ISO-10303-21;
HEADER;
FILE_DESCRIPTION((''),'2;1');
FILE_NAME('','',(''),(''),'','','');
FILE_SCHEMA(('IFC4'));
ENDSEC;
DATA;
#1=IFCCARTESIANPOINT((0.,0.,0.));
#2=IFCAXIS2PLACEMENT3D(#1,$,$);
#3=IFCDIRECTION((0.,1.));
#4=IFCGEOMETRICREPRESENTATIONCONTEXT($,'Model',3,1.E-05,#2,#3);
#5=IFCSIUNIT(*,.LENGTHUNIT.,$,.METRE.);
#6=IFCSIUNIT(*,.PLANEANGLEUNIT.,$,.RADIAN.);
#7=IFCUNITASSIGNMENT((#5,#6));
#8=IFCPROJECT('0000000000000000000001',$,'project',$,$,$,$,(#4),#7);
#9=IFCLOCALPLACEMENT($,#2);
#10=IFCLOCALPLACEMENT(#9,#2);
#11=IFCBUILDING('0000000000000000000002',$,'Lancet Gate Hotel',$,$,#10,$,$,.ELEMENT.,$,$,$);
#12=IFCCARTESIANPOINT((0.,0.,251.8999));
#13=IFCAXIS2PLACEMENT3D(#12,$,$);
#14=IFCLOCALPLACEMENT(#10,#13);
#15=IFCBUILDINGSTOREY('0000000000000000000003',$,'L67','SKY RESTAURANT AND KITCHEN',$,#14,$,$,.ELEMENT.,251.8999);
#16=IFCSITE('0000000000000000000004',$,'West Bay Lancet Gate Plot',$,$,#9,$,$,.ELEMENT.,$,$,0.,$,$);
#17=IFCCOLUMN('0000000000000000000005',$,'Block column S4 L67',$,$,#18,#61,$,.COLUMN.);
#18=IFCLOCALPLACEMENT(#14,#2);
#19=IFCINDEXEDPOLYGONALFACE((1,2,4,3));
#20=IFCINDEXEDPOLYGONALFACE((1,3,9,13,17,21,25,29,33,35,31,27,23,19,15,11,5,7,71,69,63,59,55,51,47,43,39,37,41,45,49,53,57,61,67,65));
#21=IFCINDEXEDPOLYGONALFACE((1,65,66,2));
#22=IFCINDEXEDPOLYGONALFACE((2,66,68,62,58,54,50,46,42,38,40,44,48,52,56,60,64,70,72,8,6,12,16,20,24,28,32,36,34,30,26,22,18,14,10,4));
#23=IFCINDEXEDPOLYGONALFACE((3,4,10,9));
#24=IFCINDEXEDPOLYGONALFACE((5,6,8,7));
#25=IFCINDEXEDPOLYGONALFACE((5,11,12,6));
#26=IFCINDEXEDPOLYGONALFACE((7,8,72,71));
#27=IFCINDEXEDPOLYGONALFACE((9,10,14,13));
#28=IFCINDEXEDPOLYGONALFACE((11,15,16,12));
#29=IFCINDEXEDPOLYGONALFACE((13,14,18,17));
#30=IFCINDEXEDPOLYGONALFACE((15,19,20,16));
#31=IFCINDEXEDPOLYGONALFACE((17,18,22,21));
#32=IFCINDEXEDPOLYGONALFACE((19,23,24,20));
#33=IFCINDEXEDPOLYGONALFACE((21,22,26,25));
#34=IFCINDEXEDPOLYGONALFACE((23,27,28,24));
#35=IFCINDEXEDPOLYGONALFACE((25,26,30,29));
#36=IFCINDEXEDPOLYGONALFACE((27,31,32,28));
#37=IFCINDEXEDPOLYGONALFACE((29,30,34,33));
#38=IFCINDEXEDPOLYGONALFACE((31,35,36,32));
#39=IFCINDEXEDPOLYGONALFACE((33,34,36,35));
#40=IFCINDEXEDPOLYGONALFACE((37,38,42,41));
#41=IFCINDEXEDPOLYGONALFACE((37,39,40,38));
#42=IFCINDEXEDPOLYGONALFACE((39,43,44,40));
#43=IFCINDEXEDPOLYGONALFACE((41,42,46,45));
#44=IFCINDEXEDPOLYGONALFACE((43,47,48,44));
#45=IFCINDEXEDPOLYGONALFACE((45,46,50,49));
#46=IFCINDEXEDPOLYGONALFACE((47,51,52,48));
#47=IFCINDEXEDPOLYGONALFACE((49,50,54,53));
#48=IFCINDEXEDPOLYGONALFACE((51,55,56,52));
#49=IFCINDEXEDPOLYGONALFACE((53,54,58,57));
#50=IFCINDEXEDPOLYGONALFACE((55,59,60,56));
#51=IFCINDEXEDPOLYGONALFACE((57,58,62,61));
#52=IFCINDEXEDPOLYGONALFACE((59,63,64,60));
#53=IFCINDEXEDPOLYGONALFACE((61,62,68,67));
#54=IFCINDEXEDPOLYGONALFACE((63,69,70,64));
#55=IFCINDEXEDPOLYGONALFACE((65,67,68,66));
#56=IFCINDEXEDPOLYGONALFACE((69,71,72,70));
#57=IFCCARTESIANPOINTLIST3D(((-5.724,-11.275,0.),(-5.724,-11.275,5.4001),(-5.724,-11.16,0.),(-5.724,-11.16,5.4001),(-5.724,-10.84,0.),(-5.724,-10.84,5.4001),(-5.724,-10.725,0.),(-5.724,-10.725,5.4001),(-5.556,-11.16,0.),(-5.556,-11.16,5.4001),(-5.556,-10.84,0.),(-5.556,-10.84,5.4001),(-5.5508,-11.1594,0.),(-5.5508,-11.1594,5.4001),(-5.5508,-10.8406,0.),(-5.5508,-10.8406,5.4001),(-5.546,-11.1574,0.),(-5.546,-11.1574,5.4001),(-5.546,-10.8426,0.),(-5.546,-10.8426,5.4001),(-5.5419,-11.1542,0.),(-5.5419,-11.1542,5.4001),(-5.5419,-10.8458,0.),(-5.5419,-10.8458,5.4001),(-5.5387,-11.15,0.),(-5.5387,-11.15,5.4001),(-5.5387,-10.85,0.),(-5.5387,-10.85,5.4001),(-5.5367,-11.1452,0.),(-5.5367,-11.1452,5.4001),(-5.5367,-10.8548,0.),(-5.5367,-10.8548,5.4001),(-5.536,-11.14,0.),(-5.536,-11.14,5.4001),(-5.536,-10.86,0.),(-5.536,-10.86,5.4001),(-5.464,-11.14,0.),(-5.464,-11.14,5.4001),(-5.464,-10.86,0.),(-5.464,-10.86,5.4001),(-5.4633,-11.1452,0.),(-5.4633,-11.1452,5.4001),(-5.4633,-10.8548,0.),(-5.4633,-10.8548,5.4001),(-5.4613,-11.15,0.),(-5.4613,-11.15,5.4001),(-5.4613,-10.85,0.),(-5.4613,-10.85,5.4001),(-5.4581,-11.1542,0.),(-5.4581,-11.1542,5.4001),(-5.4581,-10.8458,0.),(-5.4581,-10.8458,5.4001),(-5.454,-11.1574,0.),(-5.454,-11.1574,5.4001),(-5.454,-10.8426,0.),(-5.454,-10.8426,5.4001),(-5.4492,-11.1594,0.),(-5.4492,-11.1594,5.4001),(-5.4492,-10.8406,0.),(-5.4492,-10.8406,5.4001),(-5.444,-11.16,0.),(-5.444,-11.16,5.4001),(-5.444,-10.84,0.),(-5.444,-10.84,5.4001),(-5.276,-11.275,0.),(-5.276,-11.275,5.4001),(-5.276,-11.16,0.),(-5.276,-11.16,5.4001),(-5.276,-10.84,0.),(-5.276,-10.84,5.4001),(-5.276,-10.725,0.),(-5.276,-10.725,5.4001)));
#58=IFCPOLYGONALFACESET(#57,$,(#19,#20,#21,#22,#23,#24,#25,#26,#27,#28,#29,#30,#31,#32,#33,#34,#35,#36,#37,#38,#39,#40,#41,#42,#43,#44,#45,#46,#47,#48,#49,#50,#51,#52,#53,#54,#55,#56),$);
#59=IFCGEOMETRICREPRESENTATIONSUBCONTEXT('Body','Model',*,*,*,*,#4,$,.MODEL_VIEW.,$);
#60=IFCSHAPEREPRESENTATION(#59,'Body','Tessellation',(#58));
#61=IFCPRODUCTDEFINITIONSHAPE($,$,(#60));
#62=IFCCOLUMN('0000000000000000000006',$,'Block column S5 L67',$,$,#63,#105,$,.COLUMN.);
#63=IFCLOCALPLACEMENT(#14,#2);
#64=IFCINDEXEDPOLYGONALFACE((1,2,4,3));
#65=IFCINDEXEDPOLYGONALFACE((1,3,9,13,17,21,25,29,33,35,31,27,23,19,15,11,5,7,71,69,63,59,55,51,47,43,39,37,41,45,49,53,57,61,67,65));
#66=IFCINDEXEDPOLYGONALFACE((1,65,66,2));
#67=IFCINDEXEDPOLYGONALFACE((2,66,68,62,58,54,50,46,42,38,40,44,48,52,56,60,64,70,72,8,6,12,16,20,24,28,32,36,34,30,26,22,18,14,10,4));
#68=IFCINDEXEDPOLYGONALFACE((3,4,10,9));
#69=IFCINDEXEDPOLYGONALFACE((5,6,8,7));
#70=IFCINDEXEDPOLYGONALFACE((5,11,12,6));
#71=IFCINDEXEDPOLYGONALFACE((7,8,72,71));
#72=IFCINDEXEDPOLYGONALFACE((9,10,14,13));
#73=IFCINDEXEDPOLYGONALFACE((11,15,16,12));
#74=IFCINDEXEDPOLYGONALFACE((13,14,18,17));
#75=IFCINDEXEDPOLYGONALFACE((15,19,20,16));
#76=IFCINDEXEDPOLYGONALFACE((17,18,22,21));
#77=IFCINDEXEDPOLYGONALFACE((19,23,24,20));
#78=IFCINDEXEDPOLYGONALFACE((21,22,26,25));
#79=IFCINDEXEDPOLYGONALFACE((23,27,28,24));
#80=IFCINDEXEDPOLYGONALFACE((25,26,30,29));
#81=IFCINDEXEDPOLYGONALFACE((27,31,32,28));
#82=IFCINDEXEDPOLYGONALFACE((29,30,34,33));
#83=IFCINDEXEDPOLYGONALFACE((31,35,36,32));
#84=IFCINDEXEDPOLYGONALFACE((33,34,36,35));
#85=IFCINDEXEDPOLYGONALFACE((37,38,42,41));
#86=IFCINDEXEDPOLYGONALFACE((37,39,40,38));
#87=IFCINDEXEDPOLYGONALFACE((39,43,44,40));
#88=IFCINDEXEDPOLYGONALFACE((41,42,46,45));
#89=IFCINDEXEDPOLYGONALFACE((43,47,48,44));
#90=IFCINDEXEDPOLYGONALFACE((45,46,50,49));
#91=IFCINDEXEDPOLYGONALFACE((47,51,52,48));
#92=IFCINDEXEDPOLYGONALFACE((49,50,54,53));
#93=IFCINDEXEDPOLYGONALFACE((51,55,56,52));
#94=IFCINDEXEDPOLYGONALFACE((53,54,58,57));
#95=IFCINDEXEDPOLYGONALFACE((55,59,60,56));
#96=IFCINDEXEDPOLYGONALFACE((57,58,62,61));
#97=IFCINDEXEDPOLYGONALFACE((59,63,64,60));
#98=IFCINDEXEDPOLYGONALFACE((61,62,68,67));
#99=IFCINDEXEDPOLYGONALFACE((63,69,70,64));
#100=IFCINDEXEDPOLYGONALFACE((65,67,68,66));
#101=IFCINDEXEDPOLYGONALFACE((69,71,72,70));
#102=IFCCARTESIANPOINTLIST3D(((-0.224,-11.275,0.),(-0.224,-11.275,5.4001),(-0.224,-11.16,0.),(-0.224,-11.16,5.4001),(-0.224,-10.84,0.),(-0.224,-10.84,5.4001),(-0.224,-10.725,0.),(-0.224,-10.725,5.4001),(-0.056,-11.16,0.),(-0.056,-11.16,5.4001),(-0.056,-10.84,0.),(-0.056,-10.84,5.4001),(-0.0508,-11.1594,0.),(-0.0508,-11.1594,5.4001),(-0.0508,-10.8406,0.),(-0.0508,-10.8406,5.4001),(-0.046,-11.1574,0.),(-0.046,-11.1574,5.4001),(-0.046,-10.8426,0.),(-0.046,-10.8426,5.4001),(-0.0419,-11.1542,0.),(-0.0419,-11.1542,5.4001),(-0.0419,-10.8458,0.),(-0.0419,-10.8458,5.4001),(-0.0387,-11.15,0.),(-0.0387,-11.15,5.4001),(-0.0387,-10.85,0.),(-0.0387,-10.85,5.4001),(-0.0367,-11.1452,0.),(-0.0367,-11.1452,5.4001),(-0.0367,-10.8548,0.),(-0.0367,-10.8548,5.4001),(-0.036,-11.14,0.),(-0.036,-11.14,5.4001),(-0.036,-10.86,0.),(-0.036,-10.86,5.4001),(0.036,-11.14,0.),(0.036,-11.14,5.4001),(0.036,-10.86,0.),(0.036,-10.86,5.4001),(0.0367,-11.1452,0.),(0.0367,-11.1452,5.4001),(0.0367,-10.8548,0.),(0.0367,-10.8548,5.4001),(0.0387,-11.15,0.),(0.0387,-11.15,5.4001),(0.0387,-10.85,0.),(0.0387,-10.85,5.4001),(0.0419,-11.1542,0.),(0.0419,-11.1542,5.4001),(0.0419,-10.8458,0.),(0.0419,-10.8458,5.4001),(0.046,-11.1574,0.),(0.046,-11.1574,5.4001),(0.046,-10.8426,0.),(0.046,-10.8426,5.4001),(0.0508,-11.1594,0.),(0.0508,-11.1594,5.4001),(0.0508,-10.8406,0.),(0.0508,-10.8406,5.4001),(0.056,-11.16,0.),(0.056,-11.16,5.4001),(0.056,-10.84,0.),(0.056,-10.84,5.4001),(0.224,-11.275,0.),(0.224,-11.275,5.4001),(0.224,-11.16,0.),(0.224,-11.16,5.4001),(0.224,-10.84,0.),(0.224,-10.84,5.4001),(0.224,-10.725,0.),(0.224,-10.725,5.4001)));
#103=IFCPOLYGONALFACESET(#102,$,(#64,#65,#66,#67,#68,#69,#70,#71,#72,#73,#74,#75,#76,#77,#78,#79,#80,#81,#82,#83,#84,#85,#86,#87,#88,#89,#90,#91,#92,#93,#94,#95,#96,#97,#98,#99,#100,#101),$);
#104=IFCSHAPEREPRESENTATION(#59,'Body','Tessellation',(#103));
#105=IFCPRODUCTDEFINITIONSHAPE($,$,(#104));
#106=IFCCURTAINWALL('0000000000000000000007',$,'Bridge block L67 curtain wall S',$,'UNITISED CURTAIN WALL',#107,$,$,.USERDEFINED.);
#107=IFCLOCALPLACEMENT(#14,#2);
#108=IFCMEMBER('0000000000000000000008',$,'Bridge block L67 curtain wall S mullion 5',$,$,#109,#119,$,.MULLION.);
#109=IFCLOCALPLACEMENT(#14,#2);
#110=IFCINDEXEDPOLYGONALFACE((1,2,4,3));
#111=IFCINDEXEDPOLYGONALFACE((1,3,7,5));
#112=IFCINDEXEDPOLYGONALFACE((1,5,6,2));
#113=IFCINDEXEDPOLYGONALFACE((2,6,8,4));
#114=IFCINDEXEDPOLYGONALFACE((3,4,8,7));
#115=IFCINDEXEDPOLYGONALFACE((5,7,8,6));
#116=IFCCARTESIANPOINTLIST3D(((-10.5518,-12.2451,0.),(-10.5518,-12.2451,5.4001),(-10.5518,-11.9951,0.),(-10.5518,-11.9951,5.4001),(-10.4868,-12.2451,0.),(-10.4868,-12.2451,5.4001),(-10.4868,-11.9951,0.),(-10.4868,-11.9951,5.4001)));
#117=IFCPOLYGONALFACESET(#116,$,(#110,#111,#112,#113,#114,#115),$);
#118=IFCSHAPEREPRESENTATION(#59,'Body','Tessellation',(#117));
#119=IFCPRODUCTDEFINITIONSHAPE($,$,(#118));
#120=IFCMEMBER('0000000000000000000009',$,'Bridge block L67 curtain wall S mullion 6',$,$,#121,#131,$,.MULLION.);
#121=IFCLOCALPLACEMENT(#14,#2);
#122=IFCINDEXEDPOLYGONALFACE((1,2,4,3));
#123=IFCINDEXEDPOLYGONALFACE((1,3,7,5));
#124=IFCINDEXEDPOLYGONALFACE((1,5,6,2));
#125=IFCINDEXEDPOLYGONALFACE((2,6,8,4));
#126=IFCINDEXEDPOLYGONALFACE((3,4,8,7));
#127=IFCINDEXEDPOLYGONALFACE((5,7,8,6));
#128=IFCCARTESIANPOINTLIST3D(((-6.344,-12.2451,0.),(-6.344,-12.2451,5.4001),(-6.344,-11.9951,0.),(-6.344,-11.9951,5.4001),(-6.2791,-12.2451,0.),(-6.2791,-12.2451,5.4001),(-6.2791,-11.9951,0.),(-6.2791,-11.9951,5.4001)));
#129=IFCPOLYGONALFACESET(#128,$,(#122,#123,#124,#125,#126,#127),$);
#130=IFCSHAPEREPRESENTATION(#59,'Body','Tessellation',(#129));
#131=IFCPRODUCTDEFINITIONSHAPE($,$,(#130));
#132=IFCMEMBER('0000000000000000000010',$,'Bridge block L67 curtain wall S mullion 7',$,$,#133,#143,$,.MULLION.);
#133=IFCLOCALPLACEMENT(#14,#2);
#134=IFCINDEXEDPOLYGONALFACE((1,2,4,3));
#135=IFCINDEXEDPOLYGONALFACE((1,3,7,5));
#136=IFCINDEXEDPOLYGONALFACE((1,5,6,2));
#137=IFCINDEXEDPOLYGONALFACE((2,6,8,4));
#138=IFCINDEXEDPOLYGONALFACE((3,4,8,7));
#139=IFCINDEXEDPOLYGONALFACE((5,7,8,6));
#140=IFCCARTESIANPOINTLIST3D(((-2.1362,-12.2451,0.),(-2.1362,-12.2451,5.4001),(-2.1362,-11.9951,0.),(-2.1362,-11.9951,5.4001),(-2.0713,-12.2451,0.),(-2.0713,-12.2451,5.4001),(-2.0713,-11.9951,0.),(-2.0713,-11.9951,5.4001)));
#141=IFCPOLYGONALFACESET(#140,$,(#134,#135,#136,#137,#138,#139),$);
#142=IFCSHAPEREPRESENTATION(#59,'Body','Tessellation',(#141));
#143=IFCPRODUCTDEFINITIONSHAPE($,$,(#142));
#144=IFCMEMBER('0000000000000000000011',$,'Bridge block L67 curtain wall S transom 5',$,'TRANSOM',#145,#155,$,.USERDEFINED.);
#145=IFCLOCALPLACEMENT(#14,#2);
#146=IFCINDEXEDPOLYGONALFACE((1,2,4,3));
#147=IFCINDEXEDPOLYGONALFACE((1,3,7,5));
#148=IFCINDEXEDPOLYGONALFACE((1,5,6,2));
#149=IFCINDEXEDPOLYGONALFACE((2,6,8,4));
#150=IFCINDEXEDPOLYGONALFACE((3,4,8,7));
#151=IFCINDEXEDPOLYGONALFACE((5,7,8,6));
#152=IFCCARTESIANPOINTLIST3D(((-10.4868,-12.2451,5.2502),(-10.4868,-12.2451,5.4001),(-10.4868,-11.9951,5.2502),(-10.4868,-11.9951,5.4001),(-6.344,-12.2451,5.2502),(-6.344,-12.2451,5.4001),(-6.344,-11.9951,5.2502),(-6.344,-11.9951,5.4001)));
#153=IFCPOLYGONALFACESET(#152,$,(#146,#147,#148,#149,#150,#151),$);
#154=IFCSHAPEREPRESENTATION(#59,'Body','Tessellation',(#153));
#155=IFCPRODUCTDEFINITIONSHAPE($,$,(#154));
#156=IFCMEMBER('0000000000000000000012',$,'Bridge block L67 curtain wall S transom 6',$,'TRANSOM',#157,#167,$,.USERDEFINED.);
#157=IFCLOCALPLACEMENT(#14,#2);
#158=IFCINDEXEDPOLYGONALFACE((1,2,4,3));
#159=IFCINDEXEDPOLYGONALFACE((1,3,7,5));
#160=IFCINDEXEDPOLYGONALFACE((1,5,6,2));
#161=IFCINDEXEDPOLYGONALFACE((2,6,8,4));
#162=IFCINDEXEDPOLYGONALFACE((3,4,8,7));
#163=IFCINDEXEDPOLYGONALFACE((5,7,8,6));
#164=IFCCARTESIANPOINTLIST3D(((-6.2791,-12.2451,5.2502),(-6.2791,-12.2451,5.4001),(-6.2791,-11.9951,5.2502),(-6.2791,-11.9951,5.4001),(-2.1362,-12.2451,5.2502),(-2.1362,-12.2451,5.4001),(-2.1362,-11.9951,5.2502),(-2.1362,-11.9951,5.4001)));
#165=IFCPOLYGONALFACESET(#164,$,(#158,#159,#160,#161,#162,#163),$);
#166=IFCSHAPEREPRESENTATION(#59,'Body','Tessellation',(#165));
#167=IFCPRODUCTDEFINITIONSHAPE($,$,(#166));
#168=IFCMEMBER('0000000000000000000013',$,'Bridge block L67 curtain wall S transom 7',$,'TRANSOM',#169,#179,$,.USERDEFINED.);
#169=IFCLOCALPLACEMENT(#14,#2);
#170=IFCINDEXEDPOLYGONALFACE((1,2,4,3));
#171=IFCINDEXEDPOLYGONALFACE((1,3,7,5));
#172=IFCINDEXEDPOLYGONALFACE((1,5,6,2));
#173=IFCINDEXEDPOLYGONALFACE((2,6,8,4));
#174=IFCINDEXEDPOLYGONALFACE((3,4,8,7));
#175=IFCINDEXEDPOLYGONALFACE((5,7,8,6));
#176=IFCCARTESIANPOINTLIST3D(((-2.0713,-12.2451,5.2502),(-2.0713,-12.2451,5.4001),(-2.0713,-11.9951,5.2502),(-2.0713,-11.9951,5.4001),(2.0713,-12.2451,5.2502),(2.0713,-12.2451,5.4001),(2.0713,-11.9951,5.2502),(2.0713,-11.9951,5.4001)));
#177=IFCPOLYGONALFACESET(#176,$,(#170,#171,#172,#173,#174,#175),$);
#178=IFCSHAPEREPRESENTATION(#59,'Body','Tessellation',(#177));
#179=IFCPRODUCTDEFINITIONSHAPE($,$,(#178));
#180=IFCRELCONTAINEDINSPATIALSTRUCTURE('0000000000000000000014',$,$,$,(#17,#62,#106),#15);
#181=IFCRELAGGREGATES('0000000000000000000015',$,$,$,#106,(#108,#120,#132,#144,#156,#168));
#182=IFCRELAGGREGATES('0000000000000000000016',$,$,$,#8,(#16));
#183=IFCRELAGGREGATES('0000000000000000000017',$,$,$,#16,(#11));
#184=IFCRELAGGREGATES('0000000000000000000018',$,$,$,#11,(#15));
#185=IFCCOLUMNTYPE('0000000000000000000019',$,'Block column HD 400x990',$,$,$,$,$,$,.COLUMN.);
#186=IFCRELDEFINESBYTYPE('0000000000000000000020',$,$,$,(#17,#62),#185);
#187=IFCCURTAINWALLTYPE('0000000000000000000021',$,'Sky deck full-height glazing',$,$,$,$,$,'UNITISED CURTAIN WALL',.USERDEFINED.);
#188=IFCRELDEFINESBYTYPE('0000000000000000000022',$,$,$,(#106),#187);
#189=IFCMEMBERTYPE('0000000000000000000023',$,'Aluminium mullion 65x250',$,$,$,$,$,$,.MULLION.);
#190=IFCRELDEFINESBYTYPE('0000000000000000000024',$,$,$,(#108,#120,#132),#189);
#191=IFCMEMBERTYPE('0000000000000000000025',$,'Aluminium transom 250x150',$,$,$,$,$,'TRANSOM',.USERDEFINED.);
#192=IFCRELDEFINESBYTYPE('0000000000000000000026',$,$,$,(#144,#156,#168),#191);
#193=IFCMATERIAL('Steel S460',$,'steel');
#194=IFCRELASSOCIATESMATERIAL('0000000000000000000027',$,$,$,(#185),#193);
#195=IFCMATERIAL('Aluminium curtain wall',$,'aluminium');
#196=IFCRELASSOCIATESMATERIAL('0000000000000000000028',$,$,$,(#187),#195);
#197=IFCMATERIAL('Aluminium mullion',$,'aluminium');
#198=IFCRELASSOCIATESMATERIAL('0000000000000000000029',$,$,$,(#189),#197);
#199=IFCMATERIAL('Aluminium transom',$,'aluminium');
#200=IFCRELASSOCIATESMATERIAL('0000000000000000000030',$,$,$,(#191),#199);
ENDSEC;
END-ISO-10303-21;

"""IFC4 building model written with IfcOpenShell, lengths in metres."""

from ifc_helpers import new_model, si_unit, direction, frame, origin, origin_2d, place, context, subcontext, project, spatial, rectangle, i_section, extrude, material, material_profile, profile_set, type_object, element, aggregate, save


model = new_model("IFC4")

# Units and contexts
model_context = context("Model", 3, precision=1e-05, world=origin(), true_north=direction((0.0, 1.0)))
body_context = subcontext(model_context, "Body", "Model", "MODEL_VIEW")
ifc_project = project(units=[si_unit("LENGTHUNIT", "METRE"), si_unit("PLANEANGLEUNIT", "RADIAN")], contexts=[model_context])

# Site, building, storey
site_placement = place(None, origin())
site = spatial("IfcSite", under=ifc_project, at=site_placement, Name="West Bay Lancet Gate Plot", CompositionType="ELEMENT", RefElevation=0.0)
building_placement = place(site_placement, origin())
building = spatial("IfcBuilding", under=site, at=building_placement, Name="Lancet Gate Hotel", CompositionType="ELEMENT")
storey_placement = place(building_placement, frame((0.0, 0.0, 251.8999)))
storey = spatial("IfcBuildingStorey", under=building, at=storey_placement, Name="L67", Description="SKY RESTAURANT AND KITCHEN", CompositionType="ELEMENT", Elevation=251.8999)

# Columns
ifc_material_1 = material(Name="Steel S460", Category="steel")
ifc_material_profile_1 = material_profile(ifc_material_1, i_section(OverallWidth=0.448, OverallDepth=0.55, WebThickness=0.072, FlangeThickness=0.115, FilletRadius=0.02, at=origin_2d()), Name="HD 400x990")
ifc_profile_set_1 = profile_set([ifc_material_profile_1], Name="Steel S460")
column_type = type_object("IfcColumnType", Name="Block column HD 400x990", PredefinedType="COLUMN", material=ifc_profile_set_1)
for number, where, z_axis, x_axis, name in (
    (1, (-5.5, -11.0, 0.0), (0.0, 0.0, 1.0), (1.0, 0.0, 0.0), "Block column S4 L67"),
    (2, (0.0, -11.0, 0.0), (0.0, 0.0, 1.0), (1.0, 0.0, 0.0), "Block column S5 L67"),
):
    element("IfcColumn", number, at=place(storey_placement, frame(where, z_axis=z_axis, x_axis=x_axis)), inside=storey, type_object=column_type, Name=name, PredefinedType="COLUMN", context=body_context, shape_type="SweptSolid", body=[
        extrude(i_section(OverallWidth=0.448, OverallDepth=0.55, WebThickness=0.072, FlangeThickness=0.115, FilletRadius=0.02, at=origin_2d()), origin(), (0.0, 0.0, 1.0), 5.4001),
    ])

# Curtain wall, members
ifc_material_2 = material(Name="Aluminium curtain wall", Category="aluminium")
curtain_wall_type = type_object("IfcCurtainWallType", Name="Sky deck full-height glazing", ElementType="UNITISED CURTAIN WALL", PredefinedType="USERDEFINED", material=ifc_material_2)
curtain_wall_placement = place(storey_placement, origin())
curtain_wall = element("IfcCurtainWall", 3, at=curtain_wall_placement, inside=storey, type_object=curtain_wall_type, Name="Bridge block L67 curtain wall S", ObjectType="UNITISED CURTAIN WALL", PredefinedType="USERDEFINED")
ifc_material_3 = material(Name="Aluminium mullion", Category="aluminium")
ifc_material_profile_2 = material_profile(ifc_material_3, rectangle(XDim=0.0649, YDim=0.25, at=origin_2d()), Name="MULLION 65x250")
ifc_profile_set_2 = profile_set([ifc_material_profile_2], Name="Aluminium mullion")
member_type_1 = type_object("IfcMemberType", Name="Aluminium mullion 65x250", PredefinedType="MULLION", material=ifc_profile_set_2)
member_1_placement = place(storey_placement, frame((-10.5193, -12.1201, 0.0), z_axis=(0.0, 0.0, 1.0), x_axis=(1.0, 0.0, 0.0)))
member_1 = element("IfcMember", 4, at=member_1_placement, type_object=member_type_1, Name="Bridge block L67 curtain wall S mullion 5", PredefinedType="MULLION", context=body_context, shape_type="SweptSolid", body=[
    extrude(rectangle(XDim=0.0649, YDim=0.25, at=origin_2d()), origin(), (0.0, 0.0, 1.0), 5.4001),
])
member_2_placement = place(storey_placement, frame((-6.3115, -12.1201, 0.0), z_axis=(0.0, 0.0, 1.0), x_axis=(1.0, 0.0, 0.0)))
member_2 = element("IfcMember", 5, at=member_2_placement, type_object=member_type_1, Name="Bridge block L67 curtain wall S mullion 6", PredefinedType="MULLION", context=body_context, shape_type="SweptSolid", body=[
    extrude(rectangle(XDim=0.0649, YDim=0.25, at=origin_2d()), origin(), (0.0, 0.0, 1.0), 5.4001),
])
member_3_placement = place(storey_placement, frame((-2.1038, -12.1201, 0.0), z_axis=(0.0, 0.0, 1.0), x_axis=(1.0, 0.0, 0.0)))
member_3 = element("IfcMember", 6, at=member_3_placement, type_object=member_type_1, Name="Bridge block L67 curtain wall S mullion 7", PredefinedType="MULLION", context=body_context, shape_type="SweptSolid", body=[
    extrude(rectangle(XDim=0.0649, YDim=0.25, at=origin_2d()), origin(), (0.0, 0.0, 1.0), 5.4001),
])
ifc_material_4 = material(Name="Aluminium transom", Category="aluminium")
ifc_material_profile_3 = material_profile(ifc_material_4, rectangle(XDim=0.25, YDim=0.1499, at=origin_2d()), Name="TRANSOM 250x150")
ifc_profile_set_3 = profile_set([ifc_material_profile_3], Name="Aluminium transom")
member_type_2 = type_object("IfcMemberType", Name="Aluminium transom 250x150", ElementType="TRANSOM", PredefinedType="USERDEFINED", material=ifc_profile_set_3)
member_4_placement = place(storey_placement, frame((-10.4868, -12.1201, 5.3252), z_axis=(1.0, 0.0, 0.0), x_axis=(0.0, 1.0, 0.0)))
member_4 = element("IfcMember", 7, at=member_4_placement, type_object=member_type_2, Name="Bridge block L67 curtain wall S transom 5", ObjectType="TRANSOM", PredefinedType="USERDEFINED", context=body_context, shape_type="SweptSolid", body=[
    extrude(rectangle(XDim=0.25, YDim=0.1499, at=origin_2d()), origin(), (0.0, 0.0, 1.0), 4.1428),
])
member_5_placement = place(storey_placement, frame((-6.2791, -12.1201, 5.3252), z_axis=(1.0, 0.0, 0.0), x_axis=(0.0, 1.0, 0.0)))
member_5 = element("IfcMember", 8, at=member_5_placement, type_object=member_type_2, Name="Bridge block L67 curtain wall S transom 6", ObjectType="TRANSOM", PredefinedType="USERDEFINED", context=body_context, shape_type="SweptSolid", body=[
    extrude(rectangle(XDim=0.25, YDim=0.1499, at=origin_2d()), origin(), (0.0, 0.0, 1.0), 4.1428),
])
member_6_placement = place(storey_placement, frame((-2.0713, -12.1201, 5.3252), z_axis=(1.0, 0.0, 0.0), x_axis=(0.0, 1.0, 0.0)))
member_6 = element("IfcMember", 9, at=member_6_placement, type_object=member_type_2, Name="Bridge block L67 curtain wall S transom 7", ObjectType="TRANSOM", PredefinedType="USERDEFINED", context=body_context, shape_type="SweptSolid", body=[
    extrude(rectangle(XDim=0.25, YDim=0.1499, at=origin_2d()), origin(), (0.0, 0.0, 1.0), 4.1426),
])

aggregate(curtain_wall, [member_1, member_2, member_3, member_4, member_5, member_6])

save(model, "model.ifc")
